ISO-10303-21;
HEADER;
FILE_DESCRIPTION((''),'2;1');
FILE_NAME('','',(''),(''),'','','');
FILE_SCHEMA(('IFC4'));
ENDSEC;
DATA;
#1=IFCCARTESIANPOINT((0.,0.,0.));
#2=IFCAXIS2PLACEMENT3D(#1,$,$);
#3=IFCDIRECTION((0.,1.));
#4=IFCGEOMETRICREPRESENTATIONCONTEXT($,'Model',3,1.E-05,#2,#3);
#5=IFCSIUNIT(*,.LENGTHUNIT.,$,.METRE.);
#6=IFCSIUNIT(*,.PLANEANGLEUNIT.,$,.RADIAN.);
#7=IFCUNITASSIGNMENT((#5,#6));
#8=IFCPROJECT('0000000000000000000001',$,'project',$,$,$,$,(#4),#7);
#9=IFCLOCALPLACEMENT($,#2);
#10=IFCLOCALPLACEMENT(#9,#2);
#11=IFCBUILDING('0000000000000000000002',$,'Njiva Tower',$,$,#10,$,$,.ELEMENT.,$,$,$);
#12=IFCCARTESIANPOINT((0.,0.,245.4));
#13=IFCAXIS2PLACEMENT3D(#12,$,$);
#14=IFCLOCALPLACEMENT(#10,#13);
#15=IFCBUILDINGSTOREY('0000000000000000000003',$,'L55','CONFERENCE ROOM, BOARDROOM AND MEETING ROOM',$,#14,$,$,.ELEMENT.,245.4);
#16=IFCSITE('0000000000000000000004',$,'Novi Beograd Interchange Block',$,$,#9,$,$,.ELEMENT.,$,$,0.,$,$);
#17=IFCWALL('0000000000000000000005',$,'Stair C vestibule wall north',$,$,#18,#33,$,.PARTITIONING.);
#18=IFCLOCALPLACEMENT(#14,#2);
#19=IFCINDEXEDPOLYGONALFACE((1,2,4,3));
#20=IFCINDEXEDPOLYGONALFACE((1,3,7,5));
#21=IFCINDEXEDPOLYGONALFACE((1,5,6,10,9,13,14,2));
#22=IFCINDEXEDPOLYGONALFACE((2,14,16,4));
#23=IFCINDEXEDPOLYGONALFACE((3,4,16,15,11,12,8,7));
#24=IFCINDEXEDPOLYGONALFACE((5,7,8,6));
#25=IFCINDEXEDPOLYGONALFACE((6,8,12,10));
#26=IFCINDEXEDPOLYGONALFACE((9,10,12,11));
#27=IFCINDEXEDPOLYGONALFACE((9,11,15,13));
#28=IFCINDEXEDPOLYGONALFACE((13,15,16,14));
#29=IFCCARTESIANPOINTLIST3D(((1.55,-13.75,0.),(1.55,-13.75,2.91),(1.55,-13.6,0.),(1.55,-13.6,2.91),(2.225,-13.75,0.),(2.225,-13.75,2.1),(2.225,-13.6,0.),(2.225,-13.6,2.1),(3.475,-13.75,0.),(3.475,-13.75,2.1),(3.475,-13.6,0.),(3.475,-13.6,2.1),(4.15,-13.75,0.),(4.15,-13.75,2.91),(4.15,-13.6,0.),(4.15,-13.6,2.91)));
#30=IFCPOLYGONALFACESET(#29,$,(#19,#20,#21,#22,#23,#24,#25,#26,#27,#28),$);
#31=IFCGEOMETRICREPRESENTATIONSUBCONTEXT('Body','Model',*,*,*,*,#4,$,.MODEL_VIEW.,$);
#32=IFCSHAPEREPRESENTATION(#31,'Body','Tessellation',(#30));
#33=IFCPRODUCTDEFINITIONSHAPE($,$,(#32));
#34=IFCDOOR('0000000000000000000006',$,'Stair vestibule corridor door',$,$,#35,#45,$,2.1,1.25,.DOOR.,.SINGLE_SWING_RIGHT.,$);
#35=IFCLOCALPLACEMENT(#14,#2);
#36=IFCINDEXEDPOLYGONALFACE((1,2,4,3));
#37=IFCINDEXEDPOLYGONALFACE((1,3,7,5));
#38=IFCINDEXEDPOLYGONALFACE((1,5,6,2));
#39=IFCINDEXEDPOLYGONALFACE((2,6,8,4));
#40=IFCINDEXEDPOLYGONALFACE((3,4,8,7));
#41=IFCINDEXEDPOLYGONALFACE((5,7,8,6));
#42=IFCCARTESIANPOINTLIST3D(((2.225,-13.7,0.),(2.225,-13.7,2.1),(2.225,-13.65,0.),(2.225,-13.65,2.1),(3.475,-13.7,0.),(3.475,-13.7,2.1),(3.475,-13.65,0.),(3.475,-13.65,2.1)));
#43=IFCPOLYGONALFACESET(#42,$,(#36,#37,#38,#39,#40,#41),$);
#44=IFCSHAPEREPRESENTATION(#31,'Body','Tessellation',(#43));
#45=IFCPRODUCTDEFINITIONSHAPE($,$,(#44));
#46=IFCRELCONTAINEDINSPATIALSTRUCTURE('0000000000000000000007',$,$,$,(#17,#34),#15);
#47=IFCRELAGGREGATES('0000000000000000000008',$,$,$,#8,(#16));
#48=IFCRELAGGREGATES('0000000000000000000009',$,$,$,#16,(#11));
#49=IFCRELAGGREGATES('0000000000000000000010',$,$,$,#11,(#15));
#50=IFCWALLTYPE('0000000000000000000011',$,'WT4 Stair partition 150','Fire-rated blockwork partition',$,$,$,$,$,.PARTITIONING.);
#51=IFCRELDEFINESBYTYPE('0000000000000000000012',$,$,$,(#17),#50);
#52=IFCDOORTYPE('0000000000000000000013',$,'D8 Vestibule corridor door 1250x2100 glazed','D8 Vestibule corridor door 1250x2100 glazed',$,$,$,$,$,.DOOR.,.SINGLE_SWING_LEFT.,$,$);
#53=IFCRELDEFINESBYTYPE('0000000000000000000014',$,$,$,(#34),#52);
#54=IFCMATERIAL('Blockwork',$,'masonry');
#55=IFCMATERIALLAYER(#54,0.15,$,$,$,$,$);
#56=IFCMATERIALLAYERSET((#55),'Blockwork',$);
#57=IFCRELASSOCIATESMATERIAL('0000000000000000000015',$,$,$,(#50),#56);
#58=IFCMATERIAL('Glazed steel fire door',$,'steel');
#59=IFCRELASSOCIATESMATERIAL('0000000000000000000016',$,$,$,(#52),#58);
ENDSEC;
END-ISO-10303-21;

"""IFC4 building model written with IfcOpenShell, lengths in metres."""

from ifc_helpers import new_model, si_unit, direction, frame, frame_2d, origin, place, context, subcontext, project, spatial, rectangle, extrude, material, layer, layer_set, type_object, element, fill, save


model = new_model("IFC4")

# Units and contexts
model_context = context("Model", 3, precision=1e-05, world=origin(), true_north=direction((0.0, 1.0)))
body_context = subcontext(model_context, "Body", "Model", "MODEL_VIEW")
ifc_project = project(units=[si_unit("LENGTHUNIT", "METRE"), si_unit("PLANEANGLEUNIT", "RADIAN")], contexts=[model_context])

# Site, building, storey
site_placement = place(None, origin())
site = spatial("IfcSite", under=ifc_project, at=site_placement, Name="Novi Beograd Interchange Block", CompositionType="ELEMENT", RefElevation=0.0)
building_placement = place(site_placement, origin())
building = spatial("IfcBuilding", under=site, at=building_placement, Name="Njiva Tower", CompositionType="ELEMENT")
storey_placement = place(building_placement, frame((0.0, 0.0, 245.4)))
storey = spatial("IfcBuildingStorey", under=building, at=storey_placement, Name="L55", Description="CONFERENCE ROOM, BOARDROOM AND MEETING ROOM", CompositionType="ELEMENT", Elevation=245.4)

# Shared definitions
ifc_material_1 = material(Name="Blockwork", Category="masonry")
ifc_layer_1 = layer(ifc_material_1, 0.15)
ifc_layer_set_1 = layer_set([ifc_layer_1], Name="Blockwork")
wall_type_1 = type_object("IfcWallType", Name="WT4 Stair partition 150", Description="Fire-rated blockwork partition", PredefinedType="PARTITIONING", material=ifc_layer_set_1)

# Wall, opening, door
wall_1_placement = place(storey_placement, frame((1.55, -13.675, 0.0), z_axis=(0.0, 0.0, 1.0), x_axis=(1.0, 0.0, 0.0)))
wall_1 = element("IfcWall", 1, at=wall_1_placement, inside=storey, type_object=wall_type_1, Name="Stair C vestibule wall north", PredefinedType="PARTITIONING", context=body_context, shape_type="SweptSolid", body=[
    extrude(rectangle(XDim=2.6, YDim=0.15, at=frame_2d((1.3, 0.0))), origin(), (0.0, 0.0, 1.0), 2.91),
])
opening_1_placement = place(wall_1_placement, frame((0.675, 0.0, 0.0)))
opening_1 = element("IfcOpeningElement", 2, at=opening_1_placement, cuts=wall_1, PredefinedType="OPENING", context=body_context, shape_type="SweptSolid", body=[
    extrude(rectangle(XDim=1.25, YDim=2.1, at=frame_2d((0.625, 1.05))), frame((0.0, 0.085, 0.0), z_axis=(0.0, -1.0, 0.0), x_axis=(1.0, 0.0, 0.0)), (0.0, 0.0, 1.0), 0.17),
])
ifc_material_2 = material(Name="Glazed steel fire door", Category="steel")
door_type_1 = type_object("IfcDoorType", Name="D8 Vestibule corridor door 1250x2100 glazed", Description="D8 Vestibule corridor door 1250x2100 glazed", OperationType="SINGLE_SWING_LEFT", PredefinedType="DOOR", material=ifc_material_2)
door_1_placement = place(opening_1_placement, origin())
door_1 = element("IfcDoor", 3, at=door_1_placement, inside=storey, type_object=door_type_1, Name="Stair vestibule corridor door", OperationType="SINGLE_SWING_RIGHT", OverallHeight=2.1, OverallWidth=1.25, PredefinedType="DOOR", context=body_context, shape_type="SweptSolid", body=[
    extrude(rectangle(XDim=1.25, YDim=2.1, at=frame_2d((0.625, 1.05))), frame((0.0, 0.025, 0.0), z_axis=(0.0, -1.0, 0.0), x_axis=(1.0, 0.0, 0.0)), (0.0, 0.0, 1.0), 0.05),
])
fill(opening_1, door_1)

save(model, "model.ifc")
